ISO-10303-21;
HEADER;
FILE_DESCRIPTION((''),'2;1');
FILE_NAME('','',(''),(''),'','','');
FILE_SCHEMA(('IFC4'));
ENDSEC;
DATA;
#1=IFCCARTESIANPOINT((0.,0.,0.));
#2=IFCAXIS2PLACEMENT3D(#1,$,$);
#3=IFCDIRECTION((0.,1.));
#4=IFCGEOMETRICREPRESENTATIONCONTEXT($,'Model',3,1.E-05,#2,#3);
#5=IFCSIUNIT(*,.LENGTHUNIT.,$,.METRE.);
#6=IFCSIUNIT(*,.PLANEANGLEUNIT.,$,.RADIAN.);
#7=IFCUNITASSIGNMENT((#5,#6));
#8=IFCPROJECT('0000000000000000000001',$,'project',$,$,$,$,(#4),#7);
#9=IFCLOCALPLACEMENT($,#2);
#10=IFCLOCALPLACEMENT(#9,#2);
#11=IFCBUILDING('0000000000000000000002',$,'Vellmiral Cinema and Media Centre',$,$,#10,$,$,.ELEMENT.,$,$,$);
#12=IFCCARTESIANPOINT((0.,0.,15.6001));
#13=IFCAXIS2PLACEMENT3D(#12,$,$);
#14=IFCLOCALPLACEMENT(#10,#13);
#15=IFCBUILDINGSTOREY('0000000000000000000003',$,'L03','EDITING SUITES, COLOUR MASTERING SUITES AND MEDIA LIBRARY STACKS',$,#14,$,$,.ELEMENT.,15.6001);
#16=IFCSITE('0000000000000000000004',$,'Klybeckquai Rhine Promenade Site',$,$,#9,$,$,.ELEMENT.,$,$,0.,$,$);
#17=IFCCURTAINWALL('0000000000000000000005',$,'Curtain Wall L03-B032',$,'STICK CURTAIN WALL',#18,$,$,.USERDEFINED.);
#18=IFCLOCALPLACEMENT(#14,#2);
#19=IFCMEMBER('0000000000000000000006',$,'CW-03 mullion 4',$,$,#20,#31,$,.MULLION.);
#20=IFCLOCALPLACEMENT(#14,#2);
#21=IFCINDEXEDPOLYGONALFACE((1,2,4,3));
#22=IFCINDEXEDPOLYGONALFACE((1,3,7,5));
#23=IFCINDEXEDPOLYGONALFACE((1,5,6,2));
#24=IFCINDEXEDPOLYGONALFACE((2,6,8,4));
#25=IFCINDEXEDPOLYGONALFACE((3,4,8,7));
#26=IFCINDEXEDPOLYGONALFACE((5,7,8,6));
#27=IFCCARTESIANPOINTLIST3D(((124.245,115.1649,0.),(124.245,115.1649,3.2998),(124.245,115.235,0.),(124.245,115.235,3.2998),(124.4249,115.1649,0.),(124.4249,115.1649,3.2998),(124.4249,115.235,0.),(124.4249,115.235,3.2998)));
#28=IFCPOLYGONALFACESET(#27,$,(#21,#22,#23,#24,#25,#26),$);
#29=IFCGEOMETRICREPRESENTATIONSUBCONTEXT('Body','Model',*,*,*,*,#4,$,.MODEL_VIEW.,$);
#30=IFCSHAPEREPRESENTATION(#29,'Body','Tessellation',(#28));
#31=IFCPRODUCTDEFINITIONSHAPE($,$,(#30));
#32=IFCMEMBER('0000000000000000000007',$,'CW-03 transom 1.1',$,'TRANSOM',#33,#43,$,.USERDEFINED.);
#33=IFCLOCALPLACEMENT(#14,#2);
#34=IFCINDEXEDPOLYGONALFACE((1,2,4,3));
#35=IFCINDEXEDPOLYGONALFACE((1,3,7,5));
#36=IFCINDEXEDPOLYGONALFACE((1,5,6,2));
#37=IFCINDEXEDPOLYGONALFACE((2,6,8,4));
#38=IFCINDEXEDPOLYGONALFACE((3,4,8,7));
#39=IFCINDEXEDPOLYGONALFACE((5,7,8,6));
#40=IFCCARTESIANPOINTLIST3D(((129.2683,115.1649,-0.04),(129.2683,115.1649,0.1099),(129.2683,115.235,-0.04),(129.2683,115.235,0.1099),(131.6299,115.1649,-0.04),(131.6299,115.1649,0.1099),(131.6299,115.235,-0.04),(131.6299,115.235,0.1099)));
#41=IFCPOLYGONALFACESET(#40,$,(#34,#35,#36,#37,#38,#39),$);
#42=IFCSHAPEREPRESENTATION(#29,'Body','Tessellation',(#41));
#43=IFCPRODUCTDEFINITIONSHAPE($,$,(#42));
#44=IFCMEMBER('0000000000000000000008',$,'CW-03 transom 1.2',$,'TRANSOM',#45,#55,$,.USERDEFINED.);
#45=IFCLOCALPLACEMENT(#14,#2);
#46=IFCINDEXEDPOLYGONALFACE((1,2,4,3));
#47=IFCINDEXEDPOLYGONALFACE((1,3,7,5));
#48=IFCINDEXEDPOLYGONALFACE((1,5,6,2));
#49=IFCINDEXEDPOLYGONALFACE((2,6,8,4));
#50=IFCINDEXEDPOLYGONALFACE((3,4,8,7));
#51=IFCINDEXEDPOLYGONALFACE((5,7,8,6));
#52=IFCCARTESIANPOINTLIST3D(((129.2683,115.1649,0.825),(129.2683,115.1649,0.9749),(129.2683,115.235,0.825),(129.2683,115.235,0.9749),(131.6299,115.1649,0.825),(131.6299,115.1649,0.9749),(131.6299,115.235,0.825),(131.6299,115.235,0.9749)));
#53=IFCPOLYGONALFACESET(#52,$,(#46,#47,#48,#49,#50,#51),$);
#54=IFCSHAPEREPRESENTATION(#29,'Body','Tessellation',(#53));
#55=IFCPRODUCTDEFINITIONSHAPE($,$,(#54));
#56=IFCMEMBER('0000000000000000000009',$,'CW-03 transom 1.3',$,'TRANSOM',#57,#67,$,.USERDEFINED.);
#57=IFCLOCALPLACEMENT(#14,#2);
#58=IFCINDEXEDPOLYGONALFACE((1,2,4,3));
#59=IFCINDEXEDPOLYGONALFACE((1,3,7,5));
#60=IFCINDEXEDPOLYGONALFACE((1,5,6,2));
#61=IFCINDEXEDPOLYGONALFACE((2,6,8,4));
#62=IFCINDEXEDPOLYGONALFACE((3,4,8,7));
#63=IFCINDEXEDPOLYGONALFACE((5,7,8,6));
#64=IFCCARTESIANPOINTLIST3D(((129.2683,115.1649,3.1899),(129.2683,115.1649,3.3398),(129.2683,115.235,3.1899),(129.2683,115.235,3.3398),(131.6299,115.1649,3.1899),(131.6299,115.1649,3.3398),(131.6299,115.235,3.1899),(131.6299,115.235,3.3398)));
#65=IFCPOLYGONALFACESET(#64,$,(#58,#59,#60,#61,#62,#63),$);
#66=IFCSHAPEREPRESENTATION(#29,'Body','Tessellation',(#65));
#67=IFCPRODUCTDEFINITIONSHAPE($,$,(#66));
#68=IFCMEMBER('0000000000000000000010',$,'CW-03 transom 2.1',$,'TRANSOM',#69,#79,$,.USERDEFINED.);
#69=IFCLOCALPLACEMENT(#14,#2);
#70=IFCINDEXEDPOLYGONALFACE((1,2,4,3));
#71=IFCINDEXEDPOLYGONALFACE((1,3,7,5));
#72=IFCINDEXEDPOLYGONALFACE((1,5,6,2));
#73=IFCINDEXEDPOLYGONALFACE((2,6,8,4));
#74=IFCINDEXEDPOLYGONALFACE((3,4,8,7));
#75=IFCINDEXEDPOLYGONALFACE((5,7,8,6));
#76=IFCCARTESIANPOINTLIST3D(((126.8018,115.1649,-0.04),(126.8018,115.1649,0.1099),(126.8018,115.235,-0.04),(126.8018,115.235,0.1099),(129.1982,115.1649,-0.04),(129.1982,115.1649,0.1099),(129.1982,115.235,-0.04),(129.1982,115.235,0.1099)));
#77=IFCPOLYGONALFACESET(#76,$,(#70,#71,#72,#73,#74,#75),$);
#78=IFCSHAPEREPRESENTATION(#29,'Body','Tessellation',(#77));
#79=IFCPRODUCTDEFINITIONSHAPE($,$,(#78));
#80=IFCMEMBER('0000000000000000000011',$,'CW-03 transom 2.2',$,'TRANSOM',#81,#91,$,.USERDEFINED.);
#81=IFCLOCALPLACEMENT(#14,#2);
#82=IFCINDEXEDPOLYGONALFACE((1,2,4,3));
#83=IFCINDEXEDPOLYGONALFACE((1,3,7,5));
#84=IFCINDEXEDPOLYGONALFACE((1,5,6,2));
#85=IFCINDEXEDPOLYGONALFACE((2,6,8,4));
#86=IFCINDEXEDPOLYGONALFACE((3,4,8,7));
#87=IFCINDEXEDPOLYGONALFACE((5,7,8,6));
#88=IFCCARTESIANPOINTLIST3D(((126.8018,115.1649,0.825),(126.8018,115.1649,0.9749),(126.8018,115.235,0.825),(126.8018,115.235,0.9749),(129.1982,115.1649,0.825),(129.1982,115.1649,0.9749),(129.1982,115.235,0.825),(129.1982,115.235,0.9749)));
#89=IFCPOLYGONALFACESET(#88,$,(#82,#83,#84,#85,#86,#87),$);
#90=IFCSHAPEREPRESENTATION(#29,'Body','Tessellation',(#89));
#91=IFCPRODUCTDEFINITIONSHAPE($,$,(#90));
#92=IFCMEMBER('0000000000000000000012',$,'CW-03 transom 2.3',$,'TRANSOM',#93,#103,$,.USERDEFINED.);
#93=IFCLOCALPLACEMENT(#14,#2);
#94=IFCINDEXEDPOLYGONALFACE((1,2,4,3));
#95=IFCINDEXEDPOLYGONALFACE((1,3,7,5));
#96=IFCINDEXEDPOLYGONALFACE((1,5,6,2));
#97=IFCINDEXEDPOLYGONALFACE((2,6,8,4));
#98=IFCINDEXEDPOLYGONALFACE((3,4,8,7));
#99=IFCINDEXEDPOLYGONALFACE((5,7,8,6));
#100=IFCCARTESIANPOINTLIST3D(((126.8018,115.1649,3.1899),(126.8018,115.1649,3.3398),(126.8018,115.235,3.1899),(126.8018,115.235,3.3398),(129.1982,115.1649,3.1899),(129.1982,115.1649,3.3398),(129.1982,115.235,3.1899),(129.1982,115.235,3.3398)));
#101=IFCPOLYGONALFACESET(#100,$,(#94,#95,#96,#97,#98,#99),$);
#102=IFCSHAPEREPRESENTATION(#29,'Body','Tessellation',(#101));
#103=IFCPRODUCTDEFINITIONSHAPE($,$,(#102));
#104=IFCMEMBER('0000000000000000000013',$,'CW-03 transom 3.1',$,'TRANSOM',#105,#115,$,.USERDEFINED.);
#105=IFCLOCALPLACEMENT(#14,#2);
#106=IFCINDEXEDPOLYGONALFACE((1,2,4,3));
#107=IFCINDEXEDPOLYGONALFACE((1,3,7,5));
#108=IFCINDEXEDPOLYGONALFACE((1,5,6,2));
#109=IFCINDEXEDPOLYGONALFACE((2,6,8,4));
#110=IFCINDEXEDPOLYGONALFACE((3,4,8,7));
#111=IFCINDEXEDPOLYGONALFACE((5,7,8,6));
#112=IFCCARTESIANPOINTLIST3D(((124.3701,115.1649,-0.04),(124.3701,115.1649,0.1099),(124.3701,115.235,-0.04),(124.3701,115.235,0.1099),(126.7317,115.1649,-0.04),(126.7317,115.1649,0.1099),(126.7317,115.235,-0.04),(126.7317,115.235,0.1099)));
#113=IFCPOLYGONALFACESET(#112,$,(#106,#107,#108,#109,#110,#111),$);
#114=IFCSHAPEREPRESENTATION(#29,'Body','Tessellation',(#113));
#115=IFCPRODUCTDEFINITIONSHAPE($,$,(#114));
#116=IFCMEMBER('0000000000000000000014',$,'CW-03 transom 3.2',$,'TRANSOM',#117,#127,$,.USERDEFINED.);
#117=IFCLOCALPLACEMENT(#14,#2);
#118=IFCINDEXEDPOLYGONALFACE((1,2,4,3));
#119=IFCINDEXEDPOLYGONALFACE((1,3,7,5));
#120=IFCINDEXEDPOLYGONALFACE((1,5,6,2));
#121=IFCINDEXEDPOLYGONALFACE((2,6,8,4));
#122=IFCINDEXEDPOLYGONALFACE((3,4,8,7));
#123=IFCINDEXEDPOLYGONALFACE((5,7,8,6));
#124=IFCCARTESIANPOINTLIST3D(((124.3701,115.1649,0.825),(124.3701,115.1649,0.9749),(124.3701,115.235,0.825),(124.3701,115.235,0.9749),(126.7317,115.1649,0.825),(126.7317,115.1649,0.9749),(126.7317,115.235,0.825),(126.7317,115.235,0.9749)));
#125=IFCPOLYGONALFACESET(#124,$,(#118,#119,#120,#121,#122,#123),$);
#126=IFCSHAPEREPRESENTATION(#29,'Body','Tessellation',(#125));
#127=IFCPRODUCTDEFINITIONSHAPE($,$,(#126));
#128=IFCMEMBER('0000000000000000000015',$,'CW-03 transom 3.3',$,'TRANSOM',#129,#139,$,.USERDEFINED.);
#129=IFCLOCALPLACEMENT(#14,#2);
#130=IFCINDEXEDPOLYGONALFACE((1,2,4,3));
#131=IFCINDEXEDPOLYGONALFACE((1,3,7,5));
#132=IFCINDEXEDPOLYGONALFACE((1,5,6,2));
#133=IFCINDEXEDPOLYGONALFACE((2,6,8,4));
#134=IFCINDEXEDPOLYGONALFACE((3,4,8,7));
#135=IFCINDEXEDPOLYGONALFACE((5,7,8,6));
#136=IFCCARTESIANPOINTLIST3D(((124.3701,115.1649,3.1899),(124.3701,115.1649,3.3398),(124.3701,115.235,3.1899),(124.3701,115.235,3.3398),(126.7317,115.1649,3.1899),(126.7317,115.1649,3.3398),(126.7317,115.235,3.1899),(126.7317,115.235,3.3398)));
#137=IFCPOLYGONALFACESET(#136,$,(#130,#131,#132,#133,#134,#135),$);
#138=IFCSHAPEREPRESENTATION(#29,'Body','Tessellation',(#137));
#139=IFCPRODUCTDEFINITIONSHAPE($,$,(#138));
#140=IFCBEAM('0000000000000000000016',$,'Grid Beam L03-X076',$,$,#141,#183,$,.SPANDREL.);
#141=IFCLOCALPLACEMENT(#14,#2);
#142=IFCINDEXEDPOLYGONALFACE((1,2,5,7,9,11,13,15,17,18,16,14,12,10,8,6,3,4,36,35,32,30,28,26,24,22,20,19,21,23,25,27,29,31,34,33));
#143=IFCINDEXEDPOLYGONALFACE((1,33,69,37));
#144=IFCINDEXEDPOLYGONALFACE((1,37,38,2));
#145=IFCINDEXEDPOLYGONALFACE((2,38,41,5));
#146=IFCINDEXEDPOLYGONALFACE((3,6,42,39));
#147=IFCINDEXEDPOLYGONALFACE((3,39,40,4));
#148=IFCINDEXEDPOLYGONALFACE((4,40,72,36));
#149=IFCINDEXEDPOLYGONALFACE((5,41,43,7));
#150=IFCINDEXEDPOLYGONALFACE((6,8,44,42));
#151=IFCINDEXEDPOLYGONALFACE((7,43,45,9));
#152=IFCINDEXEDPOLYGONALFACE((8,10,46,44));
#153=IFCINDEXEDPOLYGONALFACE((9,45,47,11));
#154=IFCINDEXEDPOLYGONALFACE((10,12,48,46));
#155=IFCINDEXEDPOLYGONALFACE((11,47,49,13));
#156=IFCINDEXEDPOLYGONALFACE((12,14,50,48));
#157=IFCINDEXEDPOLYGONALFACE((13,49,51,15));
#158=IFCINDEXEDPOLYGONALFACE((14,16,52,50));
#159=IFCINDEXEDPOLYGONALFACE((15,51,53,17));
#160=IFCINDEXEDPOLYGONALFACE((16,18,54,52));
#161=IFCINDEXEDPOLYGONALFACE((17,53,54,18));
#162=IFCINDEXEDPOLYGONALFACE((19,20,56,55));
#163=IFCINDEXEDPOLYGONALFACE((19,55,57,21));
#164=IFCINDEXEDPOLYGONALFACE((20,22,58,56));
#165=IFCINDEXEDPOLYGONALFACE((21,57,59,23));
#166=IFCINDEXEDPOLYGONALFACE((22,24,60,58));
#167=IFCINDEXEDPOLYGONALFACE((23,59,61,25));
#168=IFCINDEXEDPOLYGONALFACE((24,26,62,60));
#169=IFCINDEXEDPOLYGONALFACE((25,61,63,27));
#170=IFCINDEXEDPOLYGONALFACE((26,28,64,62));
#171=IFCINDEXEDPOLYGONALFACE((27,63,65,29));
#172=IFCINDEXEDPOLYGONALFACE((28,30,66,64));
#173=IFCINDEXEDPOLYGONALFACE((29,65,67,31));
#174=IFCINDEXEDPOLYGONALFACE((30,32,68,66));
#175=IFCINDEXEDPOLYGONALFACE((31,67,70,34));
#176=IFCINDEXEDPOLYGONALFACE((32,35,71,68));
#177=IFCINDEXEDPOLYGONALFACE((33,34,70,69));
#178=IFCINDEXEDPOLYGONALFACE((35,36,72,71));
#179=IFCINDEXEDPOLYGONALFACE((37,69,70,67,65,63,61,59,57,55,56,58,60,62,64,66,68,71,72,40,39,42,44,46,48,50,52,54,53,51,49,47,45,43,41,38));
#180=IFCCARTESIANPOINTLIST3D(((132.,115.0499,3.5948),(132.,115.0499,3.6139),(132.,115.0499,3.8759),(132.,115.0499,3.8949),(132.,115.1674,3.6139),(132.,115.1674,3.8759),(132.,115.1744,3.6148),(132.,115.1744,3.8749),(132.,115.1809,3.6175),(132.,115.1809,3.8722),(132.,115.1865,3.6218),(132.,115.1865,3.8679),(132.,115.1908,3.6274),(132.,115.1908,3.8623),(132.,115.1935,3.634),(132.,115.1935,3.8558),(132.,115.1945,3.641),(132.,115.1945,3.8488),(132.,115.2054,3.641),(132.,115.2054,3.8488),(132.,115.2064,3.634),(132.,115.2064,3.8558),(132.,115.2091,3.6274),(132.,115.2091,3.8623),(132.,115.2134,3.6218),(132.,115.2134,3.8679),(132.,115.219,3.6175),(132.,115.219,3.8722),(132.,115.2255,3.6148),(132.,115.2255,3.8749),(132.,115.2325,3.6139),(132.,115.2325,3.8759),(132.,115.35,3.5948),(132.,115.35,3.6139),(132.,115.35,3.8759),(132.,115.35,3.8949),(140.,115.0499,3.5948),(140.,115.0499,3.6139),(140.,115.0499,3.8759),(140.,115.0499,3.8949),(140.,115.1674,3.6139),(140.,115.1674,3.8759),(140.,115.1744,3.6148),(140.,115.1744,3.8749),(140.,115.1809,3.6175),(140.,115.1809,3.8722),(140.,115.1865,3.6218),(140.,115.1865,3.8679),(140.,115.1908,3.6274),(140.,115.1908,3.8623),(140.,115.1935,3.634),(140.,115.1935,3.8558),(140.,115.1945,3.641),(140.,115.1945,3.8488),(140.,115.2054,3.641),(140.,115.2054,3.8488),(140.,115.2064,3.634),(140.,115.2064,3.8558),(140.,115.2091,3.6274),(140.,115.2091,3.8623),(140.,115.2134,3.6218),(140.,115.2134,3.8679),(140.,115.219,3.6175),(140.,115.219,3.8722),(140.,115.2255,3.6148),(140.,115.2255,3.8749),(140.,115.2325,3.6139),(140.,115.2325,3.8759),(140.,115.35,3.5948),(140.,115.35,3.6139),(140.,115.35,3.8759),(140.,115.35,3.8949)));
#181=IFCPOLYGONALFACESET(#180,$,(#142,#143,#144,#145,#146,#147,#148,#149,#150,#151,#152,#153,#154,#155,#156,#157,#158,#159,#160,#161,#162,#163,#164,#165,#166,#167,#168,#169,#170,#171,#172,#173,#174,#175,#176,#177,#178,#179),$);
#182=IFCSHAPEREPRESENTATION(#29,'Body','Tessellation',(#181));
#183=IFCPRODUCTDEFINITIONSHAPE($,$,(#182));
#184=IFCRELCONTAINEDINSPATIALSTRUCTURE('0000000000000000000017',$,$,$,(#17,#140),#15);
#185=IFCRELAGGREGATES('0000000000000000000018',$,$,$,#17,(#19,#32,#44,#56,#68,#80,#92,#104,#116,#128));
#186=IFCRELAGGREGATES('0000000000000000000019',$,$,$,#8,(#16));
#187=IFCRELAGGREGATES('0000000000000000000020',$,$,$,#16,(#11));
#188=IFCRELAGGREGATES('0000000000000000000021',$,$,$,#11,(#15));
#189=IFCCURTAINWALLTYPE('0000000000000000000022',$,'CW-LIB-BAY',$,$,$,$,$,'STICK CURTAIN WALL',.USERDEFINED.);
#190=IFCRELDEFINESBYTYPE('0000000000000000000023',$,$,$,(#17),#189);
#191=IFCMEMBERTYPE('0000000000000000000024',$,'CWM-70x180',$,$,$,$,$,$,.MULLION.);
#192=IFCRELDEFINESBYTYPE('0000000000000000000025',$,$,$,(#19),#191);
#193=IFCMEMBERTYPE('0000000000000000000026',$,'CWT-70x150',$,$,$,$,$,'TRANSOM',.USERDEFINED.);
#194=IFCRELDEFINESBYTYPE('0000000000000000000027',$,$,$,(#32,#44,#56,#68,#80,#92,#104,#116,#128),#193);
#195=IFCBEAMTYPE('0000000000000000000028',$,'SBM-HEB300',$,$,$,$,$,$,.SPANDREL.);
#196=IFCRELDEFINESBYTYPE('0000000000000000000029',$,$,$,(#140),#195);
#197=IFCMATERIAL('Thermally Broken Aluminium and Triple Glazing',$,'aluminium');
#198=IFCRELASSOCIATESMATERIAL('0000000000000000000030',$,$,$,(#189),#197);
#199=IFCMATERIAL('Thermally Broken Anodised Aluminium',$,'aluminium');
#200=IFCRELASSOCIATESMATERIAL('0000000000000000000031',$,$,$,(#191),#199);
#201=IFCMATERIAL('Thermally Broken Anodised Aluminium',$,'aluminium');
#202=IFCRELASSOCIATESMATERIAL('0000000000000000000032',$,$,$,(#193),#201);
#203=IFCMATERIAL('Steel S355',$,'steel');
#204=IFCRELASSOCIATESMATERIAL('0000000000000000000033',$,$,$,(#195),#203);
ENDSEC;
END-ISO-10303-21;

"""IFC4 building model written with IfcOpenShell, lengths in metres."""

from ifc_helpers import new_model, si_unit, direction, frame, origin, origin_2d, place, context, subcontext, project, spatial, rectangle, i_section, extrude, material, material_profile, profile_set, type_object, element, aggregate, save


model = new_model("IFC4")

# Units and contexts
model_context = context("Model", 3, precision=1e-05, world=origin(), true_north=direction((0.0, 1.0)))
body_context = subcontext(model_context, "Body", "Model", "MODEL_VIEW")
ifc_project = project(units=[si_unit("LENGTHUNIT", "METRE"), si_unit("PLANEANGLEUNIT", "RADIAN")], contexts=[model_context])

# Site, building, storey
site_placement = place(None, origin())
site = spatial("IfcSite", under=ifc_project, at=site_placement, Name="Klybeckquai Rhine Promenade Site", CompositionType="ELEMENT", RefElevation=0.0)
building_placement = place(site_placement, origin())
building = spatial("IfcBuilding", under=site, at=building_placement, Name="Vellmiral Cinema and Media Centre", CompositionType="ELEMENT")
storey_placement = place(building_placement, frame((0.0, 0.0, 15.6001)))
storey = spatial("IfcBuildingStorey", under=building, at=storey_placement, Name="L03", Description="EDITING SUITES, COLOUR MASTERING SUITES AND MEDIA LIBRARY STACKS", CompositionType="ELEMENT", Elevation=15.6001)

# Curtain wall, members
ifc_material_1 = material(Name="Thermally Broken Aluminium and Triple Glazing", Category="aluminium")
curtain_wall_type = type_object("IfcCurtainWallType", Name="CW-LIB-BAY", ElementType="STICK CURTAIN WALL", PredefinedType="USERDEFINED", material=ifc_material_1)
curtain_wall_placement = place(storey_placement, origin())
curtain_wall = element("IfcCurtainWall", 1, at=curtain_wall_placement, inside=storey, type_object=curtain_wall_type, Name="Curtain Wall L03-B032", ObjectType="STICK CURTAIN WALL", PredefinedType="USERDEFINED")
ifc_material_2 = material(Name="Thermally Broken Anodised Aluminium", Category="aluminium")
ifc_material_profile_1 = material_profile(ifc_material_2, rectangle(XDim=0.0701, YDim=0.1799, at=origin_2d()), Name="MULL 70x180")
ifc_profile_set_1 = profile_set([ifc_material_profile_1], Name="Thermally Broken Anodised Aluminium")
member_type_1 = type_object("IfcMemberType", Name="CWM-70x180", PredefinedType="MULLION", material=ifc_profile_set_1)
member_1_placement = place(storey_placement, frame((124.335, 115.2, 0.0), z_axis=(0.0, 0.0, 1.0), x_axis=(0.0, -1.0, 0.0)))
member_1 = element("IfcMember", 2, at=member_1_placement, type_object=member_type_1, Name="CW-03 mullion 4", PredefinedType="MULLION", context=body_context, shape_type="SweptSolid", body=[
    extrude(rectangle(XDim=0.0701, YDim=0.1799, at=origin_2d()), origin(), (0.0, 0.0, 1.0), 3.2998),
])
ifc_material_3 = material(Name="Thermally Broken Anodised Aluminium", Category="aluminium")
ifc_material_profile_2 = material_profile(ifc_material_3, rectangle(XDim=0.0701, YDim=0.1499, at=origin_2d()), Name="MULL 70x150")
ifc_profile_set_2 = profile_set([ifc_material_profile_2], Name="Thermally Broken Anodised Aluminium")
member_type_2 = type_object("IfcMemberType", Name="CWT-70x150", ElementType="TRANSOM", PredefinedType="USERDEFINED", material=ifc_profile_set_2)
member_2_placement = place(storey_placement, frame((131.6299, 115.2, 0.0349), z_axis=(-1.0, 0.0, 0.0), x_axis=(0.0, -1.0, 0.0)))
member_2 = element("IfcMember", 3, at=member_2_placement, type_object=member_type_2, Name="CW-03 transom 1.1", ObjectType="TRANSOM", PredefinedType="USERDEFINED", context=body_context, shape_type="SweptSolid", body=[
    extrude(rectangle(XDim=0.0701, YDim=0.1499, at=origin_2d()), origin(), (0.0, 0.0, 1.0), 2.3616),
])
member_3_placement = place(storey_placement, frame((131.6299, 115.2, 0.8999), z_axis=(-1.0, 0.0, 0.0), x_axis=(0.0, -1.0, 0.0)))
member_3 = element("IfcMember", 4, at=member_3_placement, type_object=member_type_2, Name="CW-03 transom 1.2", ObjectType="TRANSOM", PredefinedType="USERDEFINED", context=body_context, shape_type="SweptSolid", body=[
    extrude(rectangle(XDim=0.0701, YDim=0.1499, at=origin_2d()), origin(), (0.0, 0.0, 1.0), 2.3616),
])
member_4_placement = place(storey_placement, frame((131.6299, 115.2, 3.2649), z_axis=(-1.0, 0.0, 0.0), x_axis=(0.0, -1.0, 0.0)))
member_4 = element("IfcMember", 5, at=member_4_placement, type_object=member_type_2, Name="CW-03 transom 1.3", ObjectType="TRANSOM", PredefinedType="USERDEFINED", context=body_context, shape_type="SweptSolid", body=[
    extrude(rectangle(XDim=0.0701, YDim=0.1499, at=origin_2d()), origin(), (0.0, 0.0, 1.0), 2.3616),
])
member_5_placement = place(storey_placement, frame((129.1982, 115.2, 0.0349), z_axis=(-1.0, 0.0, 0.0), x_axis=(0.0, -1.0, 0.0)))
member_5 = element("IfcMember", 6, at=member_5_placement, type_object=member_type_2, Name="CW-03 transom 2.1", ObjectType="TRANSOM", PredefinedType="USERDEFINED", context=body_context, shape_type="SweptSolid", body=[
    extrude(rectangle(XDim=0.0701, YDim=0.1499, at=origin_2d()), origin(), (0.0, 0.0, 1.0), 2.3965),
])
member_6_placement = place(storey_placement, frame((129.1982, 115.2, 0.8999), z_axis=(-1.0, 0.0, 0.0), x_axis=(0.0, -1.0, 0.0)))
member_6 = element("IfcMember", 7, at=member_6_placement, type_object=member_type_2, Name="CW-03 transom 2.2", ObjectType="TRANSOM", PredefinedType="USERDEFINED", context=body_context, shape_type="SweptSolid", body=[
    extrude(rectangle(XDim=0.0701, YDim=0.1499, at=origin_2d()), origin(), (0.0, 0.0, 1.0), 2.3965),
])
member_7_placement = place(storey_placement, frame((129.1982, 115.2, 3.2649), z_axis=(-1.0, 0.0, 0.0), x_axis=(0.0, -1.0, 0.0)))
member_7 = element("IfcMember", 8, at=member_7_placement, type_object=member_type_2, Name="CW-03 transom 2.3", ObjectType="TRANSOM", PredefinedType="USERDEFINED", context=body_context, shape_type="SweptSolid", body=[
    extrude(rectangle(XDim=0.0701, YDim=0.1499, at=origin_2d()), origin(), (0.0, 0.0, 1.0), 2.3965),
])
member_8_placement = place(storey_placement, frame((126.7317, 115.2, 0.0349), z_axis=(-1.0, 0.0, 0.0), x_axis=(0.0, -1.0, 0.0)))
member_8 = element("IfcMember", 9, at=member_8_placement, type_object=member_type_2, Name="CW-03 transom 3.1", ObjectType="TRANSOM", PredefinedType="USERDEFINED", context=body_context, shape_type="SweptSolid", body=[
    extrude(rectangle(XDim=0.0701, YDim=0.1499, at=origin_2d()), origin(), (0.0, 0.0, 1.0), 2.3616),
])
member_9_placement = place(storey_placement, frame((126.7317, 115.2, 0.8999), z_axis=(-1.0, 0.0, 0.0), x_axis=(0.0, -1.0, 0.0)))
member_9 = element("IfcMember", 10, at=member_9_placement, type_object=member_type_2, Name="CW-03 transom 3.2", ObjectType="TRANSOM", PredefinedType="USERDEFINED", context=body_context, shape_type="SweptSolid", body=[
    extrude(rectangle(XDim=0.0701, YDim=0.1499, at=origin_2d()), origin(), (0.0, 0.0, 1.0), 2.3616),
])
member_10_placement = place(storey_placement, frame((126.7317, 115.2, 3.2649), z_axis=(-1.0, 0.0, 0.0), x_axis=(0.0, -1.0, 0.0)))
member_10 = element("IfcMember", 11, at=member_10_placement, type_object=member_type_2, Name="CW-03 transom 3.3", ObjectType="TRANSOM", PredefinedType="USERDEFINED", context=body_context, shape_type="SweptSolid", body=[
    extrude(rectangle(XDim=0.0701, YDim=0.1499, at=origin_2d()), origin(), (0.0, 0.0, 1.0), 2.3616),
])

# Beam
ifc_material_4 = material(Name="Steel S355", Category="steel")
ifc_material_profile_3 = material_profile(ifc_material_4, i_section(OverallWidth=0.3, OverallDepth=0.3, WebThickness=0.011, FlangeThickness=0.019, FilletRadius=0.0271, at=origin_2d()), Name="HEB 300")
ifc_profile_set_3 = profile_set([ifc_material_profile_3], Name="Steel S355")
beam_type_1 = type_object("IfcBeamType", Name="SBM-HEB300", PredefinedType="SPANDREL", material=ifc_profile_set_3)
beam_1_placement = place(storey_placement, frame((132.0, 115.2, 3.7449), z_axis=(1.0, 0.0, 0.0), x_axis=(0.0, 1.0, 0.0)))
element("IfcBeam", 12, at=beam_1_placement, inside=storey, type_object=beam_type_1, Name="Grid Beam L03-X076", PredefinedType="SPANDREL", context=body_context, shape_type="SweptSolid", body=[
    extrude(i_section(OverallWidth=0.3, OverallDepth=0.3, WebThickness=0.011, FlangeThickness=0.019, FilletRadius=0.0271, at=origin_2d()), origin(), (0.0, 0.0, 1.0), 8.0),
])

aggregate(curtain_wall, [member_1, member_2, member_3, member_4, member_5, member_6, member_7, member_8, member_9, member_10])

save(model, "model.ifc")
